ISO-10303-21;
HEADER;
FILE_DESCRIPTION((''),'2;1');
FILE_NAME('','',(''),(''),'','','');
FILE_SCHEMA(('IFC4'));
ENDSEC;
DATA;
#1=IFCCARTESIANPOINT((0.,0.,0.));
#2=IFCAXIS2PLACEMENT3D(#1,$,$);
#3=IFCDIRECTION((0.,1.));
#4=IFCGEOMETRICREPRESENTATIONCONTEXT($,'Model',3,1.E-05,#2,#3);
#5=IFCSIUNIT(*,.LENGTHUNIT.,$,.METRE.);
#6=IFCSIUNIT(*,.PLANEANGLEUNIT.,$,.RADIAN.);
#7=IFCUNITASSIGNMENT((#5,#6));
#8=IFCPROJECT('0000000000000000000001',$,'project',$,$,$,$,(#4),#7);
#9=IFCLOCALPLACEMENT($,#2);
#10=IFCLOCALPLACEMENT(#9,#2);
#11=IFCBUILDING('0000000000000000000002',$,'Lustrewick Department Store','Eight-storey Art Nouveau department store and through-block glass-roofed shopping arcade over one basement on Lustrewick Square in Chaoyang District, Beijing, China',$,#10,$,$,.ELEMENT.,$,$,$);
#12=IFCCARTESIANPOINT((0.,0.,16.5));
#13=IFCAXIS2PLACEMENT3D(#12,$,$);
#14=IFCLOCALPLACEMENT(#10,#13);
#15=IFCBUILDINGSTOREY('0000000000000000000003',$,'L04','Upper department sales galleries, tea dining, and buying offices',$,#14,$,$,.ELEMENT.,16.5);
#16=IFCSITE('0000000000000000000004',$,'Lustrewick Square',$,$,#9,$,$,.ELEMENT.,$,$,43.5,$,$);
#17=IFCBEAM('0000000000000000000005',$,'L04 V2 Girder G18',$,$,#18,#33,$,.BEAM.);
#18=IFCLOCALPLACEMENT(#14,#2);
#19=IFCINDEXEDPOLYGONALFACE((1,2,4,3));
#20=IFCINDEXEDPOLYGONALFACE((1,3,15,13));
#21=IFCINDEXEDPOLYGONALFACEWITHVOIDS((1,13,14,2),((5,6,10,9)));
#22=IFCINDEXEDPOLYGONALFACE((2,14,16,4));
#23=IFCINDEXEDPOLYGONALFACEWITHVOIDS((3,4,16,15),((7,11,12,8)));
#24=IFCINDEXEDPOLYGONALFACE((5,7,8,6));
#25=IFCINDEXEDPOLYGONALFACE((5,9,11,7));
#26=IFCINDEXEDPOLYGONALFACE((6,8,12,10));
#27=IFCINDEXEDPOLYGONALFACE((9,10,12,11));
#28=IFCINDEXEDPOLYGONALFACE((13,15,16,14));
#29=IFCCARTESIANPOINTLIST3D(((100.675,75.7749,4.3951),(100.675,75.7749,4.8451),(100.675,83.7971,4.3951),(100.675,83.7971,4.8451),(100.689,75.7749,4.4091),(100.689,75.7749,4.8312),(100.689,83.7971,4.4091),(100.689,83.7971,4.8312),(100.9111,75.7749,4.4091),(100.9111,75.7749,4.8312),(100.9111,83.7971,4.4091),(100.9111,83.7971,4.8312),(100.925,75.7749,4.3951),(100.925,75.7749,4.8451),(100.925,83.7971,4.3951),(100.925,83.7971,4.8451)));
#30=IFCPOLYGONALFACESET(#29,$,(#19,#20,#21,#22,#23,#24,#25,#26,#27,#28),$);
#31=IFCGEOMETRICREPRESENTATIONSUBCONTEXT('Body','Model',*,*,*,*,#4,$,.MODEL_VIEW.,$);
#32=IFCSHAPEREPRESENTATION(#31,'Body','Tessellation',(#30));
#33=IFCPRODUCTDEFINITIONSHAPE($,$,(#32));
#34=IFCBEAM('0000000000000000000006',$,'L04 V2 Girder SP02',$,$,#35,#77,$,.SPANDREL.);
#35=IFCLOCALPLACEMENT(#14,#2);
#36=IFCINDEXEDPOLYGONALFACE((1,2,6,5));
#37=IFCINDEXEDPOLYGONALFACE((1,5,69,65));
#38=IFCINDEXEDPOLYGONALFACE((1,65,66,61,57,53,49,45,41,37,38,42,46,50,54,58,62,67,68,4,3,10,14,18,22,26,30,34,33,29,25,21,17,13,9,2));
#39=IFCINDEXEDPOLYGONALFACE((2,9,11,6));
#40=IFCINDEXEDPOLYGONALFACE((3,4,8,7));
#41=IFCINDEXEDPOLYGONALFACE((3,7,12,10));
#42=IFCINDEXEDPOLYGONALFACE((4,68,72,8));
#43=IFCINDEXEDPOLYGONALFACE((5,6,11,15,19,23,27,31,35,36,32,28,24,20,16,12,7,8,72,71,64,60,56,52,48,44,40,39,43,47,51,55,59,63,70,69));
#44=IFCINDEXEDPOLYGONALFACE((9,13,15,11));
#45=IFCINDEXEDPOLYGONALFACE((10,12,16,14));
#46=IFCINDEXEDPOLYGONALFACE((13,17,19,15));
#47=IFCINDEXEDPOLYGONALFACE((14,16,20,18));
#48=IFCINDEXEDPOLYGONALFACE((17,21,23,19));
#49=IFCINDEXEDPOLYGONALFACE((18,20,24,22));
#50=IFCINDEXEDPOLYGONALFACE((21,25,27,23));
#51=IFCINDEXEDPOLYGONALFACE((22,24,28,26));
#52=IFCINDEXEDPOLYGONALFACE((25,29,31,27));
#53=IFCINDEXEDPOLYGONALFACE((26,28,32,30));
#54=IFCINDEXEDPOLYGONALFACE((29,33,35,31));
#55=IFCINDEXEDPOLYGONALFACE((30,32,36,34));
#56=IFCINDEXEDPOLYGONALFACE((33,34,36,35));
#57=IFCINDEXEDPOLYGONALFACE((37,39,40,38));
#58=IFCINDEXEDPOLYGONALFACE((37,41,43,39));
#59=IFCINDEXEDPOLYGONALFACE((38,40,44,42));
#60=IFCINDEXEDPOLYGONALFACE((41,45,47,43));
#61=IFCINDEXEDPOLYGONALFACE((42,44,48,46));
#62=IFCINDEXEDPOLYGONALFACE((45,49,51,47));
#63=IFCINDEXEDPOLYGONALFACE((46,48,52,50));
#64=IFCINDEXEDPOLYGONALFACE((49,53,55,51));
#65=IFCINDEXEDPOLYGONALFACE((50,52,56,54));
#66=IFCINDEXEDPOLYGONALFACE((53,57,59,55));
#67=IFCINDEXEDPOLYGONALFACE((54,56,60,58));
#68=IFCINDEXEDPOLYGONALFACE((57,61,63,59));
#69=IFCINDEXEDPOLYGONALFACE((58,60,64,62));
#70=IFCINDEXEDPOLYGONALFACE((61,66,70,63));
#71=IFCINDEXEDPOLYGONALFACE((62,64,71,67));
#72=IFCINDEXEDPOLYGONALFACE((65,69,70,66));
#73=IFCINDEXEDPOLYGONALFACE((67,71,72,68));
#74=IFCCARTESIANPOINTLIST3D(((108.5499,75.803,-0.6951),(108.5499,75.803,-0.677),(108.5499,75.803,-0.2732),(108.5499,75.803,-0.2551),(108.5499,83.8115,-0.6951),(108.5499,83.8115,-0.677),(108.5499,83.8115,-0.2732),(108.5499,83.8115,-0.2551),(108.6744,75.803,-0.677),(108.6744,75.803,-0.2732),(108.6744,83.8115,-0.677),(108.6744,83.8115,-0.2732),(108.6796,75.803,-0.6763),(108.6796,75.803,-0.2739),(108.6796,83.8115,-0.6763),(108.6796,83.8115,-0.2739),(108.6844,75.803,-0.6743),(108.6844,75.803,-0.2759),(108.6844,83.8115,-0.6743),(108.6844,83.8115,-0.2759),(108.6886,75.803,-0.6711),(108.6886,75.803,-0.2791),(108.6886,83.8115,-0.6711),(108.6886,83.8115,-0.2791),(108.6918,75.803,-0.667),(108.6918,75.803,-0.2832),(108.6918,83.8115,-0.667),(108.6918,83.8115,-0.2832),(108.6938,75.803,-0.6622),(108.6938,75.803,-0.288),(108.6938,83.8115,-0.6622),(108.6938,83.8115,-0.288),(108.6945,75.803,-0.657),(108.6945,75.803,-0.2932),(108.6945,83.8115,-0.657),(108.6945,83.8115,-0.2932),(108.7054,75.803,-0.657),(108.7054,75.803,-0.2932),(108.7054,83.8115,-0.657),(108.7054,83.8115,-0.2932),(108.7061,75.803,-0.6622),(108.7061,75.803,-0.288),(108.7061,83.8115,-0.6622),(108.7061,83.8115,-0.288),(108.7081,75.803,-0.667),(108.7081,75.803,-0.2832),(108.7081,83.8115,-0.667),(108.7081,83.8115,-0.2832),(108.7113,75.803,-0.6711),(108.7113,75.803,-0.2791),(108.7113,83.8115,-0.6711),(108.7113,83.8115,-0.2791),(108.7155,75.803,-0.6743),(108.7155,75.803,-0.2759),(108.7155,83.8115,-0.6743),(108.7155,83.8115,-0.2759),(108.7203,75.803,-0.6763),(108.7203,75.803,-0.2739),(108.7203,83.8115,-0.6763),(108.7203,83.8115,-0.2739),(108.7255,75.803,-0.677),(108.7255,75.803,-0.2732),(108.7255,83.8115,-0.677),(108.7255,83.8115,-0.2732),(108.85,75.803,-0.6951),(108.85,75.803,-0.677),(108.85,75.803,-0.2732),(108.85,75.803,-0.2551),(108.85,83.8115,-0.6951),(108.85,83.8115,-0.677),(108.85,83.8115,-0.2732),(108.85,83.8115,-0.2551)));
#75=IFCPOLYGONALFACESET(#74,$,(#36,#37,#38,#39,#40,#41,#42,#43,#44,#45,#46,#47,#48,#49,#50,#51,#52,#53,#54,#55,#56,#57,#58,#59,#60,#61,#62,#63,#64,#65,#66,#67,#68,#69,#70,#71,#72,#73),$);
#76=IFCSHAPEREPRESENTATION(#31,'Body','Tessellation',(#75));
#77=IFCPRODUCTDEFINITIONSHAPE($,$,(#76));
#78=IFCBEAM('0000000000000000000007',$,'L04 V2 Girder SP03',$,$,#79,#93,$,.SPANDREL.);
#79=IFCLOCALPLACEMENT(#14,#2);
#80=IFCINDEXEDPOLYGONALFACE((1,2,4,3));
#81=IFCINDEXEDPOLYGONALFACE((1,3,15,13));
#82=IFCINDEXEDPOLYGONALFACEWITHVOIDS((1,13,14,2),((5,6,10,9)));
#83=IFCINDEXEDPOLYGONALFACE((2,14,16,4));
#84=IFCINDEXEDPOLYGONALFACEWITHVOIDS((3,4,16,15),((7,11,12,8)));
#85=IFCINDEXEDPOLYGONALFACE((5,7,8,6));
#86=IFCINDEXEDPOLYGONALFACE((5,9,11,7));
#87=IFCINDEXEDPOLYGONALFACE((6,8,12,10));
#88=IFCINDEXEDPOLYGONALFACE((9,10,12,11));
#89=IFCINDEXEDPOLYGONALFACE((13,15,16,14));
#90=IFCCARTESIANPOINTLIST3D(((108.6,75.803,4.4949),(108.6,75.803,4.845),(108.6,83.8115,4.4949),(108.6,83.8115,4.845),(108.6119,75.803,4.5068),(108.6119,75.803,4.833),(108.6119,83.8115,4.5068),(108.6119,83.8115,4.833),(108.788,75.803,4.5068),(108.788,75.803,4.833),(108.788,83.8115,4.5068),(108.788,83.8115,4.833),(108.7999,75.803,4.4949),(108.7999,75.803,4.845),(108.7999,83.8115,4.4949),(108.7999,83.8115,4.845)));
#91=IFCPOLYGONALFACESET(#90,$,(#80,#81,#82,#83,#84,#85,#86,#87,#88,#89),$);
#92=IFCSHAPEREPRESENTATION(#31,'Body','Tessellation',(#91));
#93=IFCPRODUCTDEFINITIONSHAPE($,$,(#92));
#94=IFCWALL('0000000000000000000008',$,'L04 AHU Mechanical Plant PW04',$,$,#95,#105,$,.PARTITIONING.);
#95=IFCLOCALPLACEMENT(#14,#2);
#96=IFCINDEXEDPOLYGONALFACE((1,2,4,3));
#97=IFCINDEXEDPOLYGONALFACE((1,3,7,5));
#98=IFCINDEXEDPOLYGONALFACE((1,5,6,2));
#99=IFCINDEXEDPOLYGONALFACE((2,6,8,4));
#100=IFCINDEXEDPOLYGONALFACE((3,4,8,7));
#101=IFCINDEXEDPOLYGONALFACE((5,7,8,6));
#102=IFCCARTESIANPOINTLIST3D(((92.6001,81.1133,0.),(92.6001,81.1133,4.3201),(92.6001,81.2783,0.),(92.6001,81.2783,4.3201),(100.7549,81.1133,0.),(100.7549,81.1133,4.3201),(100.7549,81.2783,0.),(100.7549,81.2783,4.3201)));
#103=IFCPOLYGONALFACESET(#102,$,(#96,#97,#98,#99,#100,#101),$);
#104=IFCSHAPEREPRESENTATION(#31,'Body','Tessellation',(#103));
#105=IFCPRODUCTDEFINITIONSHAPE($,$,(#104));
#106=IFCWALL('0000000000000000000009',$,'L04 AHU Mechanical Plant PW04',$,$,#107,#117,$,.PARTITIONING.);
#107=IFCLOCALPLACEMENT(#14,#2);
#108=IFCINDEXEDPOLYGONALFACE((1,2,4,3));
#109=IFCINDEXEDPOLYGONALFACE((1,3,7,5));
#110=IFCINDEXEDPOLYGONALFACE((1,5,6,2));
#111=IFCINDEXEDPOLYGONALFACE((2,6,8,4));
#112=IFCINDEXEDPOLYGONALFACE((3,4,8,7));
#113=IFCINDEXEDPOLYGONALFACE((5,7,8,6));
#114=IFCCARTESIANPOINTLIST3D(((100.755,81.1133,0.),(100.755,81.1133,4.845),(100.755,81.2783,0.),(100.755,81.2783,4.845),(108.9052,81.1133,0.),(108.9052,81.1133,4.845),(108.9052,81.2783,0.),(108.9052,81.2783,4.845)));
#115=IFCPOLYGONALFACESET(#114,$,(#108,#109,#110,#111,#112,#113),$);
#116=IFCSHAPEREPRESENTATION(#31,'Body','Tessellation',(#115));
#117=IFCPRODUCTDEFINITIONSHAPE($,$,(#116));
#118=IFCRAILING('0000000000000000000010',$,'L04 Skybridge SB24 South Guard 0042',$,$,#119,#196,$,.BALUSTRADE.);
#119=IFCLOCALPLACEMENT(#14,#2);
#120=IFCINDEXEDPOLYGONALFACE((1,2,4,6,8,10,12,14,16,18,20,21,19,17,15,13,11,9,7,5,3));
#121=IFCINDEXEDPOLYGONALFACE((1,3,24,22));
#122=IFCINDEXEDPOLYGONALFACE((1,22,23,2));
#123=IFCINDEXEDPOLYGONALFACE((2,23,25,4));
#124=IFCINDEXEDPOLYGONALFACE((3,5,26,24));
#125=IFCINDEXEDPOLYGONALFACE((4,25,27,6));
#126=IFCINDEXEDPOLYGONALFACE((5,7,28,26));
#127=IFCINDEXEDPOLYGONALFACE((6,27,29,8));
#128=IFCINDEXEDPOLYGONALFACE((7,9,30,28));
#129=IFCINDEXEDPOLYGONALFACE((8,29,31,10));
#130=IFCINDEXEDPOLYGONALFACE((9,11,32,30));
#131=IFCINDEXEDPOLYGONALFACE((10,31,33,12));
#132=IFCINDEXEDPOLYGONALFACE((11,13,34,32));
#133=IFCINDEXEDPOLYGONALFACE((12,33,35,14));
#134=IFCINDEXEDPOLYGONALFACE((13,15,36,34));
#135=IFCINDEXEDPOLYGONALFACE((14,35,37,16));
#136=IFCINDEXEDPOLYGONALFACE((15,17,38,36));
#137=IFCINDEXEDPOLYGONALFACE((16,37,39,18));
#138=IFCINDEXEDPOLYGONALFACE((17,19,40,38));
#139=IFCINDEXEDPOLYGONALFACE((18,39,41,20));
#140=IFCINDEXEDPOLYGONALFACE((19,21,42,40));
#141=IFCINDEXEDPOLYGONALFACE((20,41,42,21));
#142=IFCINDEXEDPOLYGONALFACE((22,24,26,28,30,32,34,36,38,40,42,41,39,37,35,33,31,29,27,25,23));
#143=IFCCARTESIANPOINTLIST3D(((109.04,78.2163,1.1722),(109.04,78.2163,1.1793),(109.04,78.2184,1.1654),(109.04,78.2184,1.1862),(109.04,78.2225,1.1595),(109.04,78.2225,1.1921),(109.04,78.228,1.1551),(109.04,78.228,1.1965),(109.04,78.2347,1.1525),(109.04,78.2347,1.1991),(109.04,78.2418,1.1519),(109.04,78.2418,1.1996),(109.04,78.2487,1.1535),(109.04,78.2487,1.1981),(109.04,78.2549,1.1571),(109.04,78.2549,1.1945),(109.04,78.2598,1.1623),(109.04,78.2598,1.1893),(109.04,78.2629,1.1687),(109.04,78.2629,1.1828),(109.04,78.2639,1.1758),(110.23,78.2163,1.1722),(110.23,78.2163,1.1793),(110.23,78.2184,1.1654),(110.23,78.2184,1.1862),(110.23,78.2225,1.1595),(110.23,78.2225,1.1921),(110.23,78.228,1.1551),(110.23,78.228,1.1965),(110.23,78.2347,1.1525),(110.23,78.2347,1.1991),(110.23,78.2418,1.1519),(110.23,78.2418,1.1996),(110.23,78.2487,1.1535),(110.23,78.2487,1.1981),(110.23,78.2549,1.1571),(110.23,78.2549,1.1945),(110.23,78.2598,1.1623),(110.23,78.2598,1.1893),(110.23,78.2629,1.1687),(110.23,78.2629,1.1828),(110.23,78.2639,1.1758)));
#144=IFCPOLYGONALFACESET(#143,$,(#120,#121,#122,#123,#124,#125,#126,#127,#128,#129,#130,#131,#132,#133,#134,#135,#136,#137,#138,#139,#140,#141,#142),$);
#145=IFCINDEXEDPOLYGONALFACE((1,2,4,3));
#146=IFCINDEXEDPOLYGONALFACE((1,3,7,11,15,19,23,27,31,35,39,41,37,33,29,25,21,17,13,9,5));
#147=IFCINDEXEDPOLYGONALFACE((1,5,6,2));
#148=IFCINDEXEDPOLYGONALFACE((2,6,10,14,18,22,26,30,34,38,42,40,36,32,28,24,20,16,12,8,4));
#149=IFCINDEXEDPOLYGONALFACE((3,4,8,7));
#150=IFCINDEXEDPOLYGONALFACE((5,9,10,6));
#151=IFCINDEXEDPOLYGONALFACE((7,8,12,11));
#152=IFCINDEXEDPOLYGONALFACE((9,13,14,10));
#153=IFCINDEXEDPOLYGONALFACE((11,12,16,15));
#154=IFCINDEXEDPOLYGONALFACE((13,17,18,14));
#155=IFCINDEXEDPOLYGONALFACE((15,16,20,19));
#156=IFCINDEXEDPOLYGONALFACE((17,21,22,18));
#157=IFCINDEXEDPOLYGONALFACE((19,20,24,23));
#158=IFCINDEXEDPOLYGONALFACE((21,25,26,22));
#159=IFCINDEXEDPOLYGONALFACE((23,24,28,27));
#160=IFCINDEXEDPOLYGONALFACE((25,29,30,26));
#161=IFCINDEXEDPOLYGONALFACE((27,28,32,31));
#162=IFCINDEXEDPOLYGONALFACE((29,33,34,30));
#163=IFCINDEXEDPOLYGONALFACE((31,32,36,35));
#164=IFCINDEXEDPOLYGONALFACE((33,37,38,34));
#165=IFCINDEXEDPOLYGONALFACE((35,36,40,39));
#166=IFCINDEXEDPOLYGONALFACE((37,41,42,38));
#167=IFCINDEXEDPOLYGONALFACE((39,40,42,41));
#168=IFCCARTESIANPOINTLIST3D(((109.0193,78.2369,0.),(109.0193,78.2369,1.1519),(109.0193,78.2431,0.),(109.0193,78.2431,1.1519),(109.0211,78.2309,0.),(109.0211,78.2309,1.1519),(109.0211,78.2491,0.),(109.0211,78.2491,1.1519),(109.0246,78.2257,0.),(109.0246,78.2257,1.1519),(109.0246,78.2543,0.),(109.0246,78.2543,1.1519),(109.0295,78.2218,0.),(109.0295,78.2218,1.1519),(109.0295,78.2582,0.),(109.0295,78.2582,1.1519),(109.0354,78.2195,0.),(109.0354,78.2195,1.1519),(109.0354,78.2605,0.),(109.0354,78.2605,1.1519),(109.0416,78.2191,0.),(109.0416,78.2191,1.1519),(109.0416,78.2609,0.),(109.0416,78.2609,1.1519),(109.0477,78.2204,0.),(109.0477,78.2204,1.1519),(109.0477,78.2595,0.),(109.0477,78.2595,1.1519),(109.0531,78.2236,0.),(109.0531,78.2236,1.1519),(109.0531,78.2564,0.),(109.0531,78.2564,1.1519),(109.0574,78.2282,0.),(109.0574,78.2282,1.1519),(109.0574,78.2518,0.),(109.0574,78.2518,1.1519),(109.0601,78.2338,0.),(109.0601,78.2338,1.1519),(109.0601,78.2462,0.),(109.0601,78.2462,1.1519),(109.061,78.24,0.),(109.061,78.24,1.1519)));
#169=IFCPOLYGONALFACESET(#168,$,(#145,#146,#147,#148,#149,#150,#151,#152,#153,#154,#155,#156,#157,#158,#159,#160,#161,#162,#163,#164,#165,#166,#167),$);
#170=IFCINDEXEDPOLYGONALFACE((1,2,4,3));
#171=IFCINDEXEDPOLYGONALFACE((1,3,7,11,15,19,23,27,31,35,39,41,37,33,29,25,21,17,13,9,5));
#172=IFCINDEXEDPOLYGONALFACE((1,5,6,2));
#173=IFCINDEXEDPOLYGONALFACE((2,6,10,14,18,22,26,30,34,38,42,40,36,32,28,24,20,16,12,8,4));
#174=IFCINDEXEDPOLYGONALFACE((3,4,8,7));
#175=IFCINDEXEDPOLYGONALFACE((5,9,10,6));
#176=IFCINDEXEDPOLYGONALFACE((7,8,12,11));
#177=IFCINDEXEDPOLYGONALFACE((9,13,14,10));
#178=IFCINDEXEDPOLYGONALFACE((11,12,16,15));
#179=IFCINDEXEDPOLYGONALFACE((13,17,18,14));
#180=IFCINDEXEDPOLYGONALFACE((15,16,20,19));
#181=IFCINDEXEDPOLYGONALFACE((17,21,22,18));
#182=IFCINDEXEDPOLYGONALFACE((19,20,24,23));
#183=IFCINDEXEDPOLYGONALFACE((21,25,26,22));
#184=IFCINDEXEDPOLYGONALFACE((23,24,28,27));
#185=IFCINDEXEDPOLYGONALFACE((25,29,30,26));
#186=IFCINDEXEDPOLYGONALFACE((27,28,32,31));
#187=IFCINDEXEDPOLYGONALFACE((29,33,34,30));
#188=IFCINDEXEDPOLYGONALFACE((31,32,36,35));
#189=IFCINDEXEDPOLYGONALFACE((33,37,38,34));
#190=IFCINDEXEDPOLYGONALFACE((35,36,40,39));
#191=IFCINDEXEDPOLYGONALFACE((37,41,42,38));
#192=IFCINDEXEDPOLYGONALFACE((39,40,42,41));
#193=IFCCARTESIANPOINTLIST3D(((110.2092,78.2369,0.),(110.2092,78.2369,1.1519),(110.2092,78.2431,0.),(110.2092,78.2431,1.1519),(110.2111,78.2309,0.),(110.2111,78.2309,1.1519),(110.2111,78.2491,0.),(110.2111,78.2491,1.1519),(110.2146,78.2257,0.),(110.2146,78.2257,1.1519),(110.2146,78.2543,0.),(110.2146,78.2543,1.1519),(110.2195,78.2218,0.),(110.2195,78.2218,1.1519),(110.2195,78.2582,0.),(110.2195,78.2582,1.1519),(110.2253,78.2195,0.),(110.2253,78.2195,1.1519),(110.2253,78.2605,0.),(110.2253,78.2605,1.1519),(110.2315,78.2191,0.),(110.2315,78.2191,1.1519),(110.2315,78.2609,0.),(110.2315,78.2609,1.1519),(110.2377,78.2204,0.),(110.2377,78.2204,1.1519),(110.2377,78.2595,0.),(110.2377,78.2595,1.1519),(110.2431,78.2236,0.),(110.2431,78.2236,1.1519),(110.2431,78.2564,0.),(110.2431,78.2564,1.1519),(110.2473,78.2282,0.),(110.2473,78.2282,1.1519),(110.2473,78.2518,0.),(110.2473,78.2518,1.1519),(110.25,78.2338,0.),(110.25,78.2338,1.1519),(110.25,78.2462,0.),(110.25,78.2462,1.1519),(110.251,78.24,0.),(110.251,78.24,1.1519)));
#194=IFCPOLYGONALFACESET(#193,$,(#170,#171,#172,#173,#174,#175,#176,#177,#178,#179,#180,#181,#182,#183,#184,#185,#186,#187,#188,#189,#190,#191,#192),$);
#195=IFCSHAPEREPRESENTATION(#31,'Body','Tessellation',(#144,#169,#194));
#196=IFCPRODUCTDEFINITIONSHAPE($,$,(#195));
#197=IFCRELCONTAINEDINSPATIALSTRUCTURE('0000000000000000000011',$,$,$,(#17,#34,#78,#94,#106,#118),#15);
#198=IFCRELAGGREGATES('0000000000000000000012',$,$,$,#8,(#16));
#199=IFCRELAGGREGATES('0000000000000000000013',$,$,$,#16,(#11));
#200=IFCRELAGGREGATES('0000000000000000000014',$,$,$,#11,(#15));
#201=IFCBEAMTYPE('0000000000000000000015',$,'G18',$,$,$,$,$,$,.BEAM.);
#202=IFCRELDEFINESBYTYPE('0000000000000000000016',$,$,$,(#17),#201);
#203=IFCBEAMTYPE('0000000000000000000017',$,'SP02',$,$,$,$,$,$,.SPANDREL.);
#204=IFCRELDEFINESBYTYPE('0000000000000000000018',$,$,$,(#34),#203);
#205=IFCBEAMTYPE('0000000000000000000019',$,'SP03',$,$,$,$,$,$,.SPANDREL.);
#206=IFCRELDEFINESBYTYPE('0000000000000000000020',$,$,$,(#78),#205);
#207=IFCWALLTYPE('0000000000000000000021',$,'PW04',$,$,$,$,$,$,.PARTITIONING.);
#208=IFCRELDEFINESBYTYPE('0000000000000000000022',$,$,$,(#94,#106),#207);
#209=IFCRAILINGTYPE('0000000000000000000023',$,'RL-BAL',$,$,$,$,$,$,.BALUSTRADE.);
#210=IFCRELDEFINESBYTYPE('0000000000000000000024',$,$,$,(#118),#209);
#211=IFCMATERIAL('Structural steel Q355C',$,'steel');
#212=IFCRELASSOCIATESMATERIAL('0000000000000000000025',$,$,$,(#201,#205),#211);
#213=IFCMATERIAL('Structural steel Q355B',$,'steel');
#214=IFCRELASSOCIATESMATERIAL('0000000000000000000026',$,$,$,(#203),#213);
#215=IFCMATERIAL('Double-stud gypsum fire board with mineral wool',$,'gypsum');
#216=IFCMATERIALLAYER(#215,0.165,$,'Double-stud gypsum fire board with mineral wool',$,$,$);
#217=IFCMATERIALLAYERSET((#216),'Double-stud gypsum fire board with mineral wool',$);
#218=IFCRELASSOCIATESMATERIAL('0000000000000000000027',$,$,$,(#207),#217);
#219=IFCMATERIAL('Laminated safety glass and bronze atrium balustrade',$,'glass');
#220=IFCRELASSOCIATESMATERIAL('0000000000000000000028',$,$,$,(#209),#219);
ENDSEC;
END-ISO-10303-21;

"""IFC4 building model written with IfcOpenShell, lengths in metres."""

from ifc_helpers import new_model, si_unit, direction, frame, frame_2d, origin, origin_2d, place, context, subcontext, project, spatial, rectangle, hollow_rectangle, circle, i_section, extrude, material, layer, layer_set, material_profile, profile_set, type_object, element, save


model = new_model("IFC4")

# Units and contexts
model_context = context("Model", 3, precision=1e-05, world=origin(), true_north=direction((0.0, 1.0)))
body_context = subcontext(model_context, "Body", "Model", "MODEL_VIEW")
ifc_project = project(units=[si_unit("LENGTHUNIT", "METRE"), si_unit("PLANEANGLEUNIT", "RADIAN")], contexts=[model_context])

# Site, building, storey
site_placement = place(None, origin())
site = spatial("IfcSite", under=ifc_project, at=site_placement, Name="Lustrewick Square", CompositionType="ELEMENT", RefElevation=43.5)
building_placement = place(site_placement, origin())
building = spatial("IfcBuilding", under=site, at=building_placement, Name="Lustrewick Department Store", Description="Eight-storey Art Nouveau department store and through-block glass-roofed shopping arcade over one basement on Lustrewick Square in Chaoyang District, Beijing, China", CompositionType="ELEMENT")
storey_placement = place(building_placement, frame((0.0, 0.0, 16.5)))
storey = spatial("IfcBuildingStorey", under=building, at=storey_placement, Name="L04", Description="Upper department sales galleries, tea dining, and buying offices", CompositionType="ELEMENT", Elevation=16.5)

# Shared definitions
ifc_material_1 = material(Name="Structural steel Q355B", Category="steel")
ifc_material_2 = material(Name="Structural steel Q355C", Category="steel")

# Beams
ifc_material_profile_1 = material_profile(ifc_material_2, hollow_rectangle(XDim=0.25, YDim=0.45, WallThickness=0.0139, at=origin_2d()), Name="RHS 450x250x14")
ifc_profile_set_1 = profile_set([ifc_material_profile_1], Name="Structural steel Q355C")
beam_type_1 = type_object("IfcBeamType", Name="G18", PredefinedType="BEAM", material=ifc_profile_set_1)
beam_1_placement = place(storey_placement, frame((100.8, 75.7749, 4.6201), z_axis=(0.0, 1.0, 0.0), x_axis=(-1.0, 0.0, 0.0)))
element("IfcBeam", 1, at=beam_1_placement, inside=storey, type_object=beam_type_1, Name="L04 V2 Girder G18", PredefinedType="BEAM", context=body_context, shape_type="SweptSolid", body=[
    extrude(hollow_rectangle(XDim=0.25, YDim=0.45, WallThickness=0.0139, at=origin_2d()), origin(), (0.0, 0.0, 1.0), 8.0222),
])
ifc_material_profile_2 = material_profile(ifc_material_1, i_section(OverallWidth=0.3, OverallDepth=0.4399, WebThickness=0.011, FlangeThickness=0.0181, FilletRadius=0.02, at=origin_2d()), Name="HM 440x300x11x18")
ifc_profile_set_2 = profile_set([ifc_material_profile_2], Name="Structural steel Q355B")
beam_type_2 = type_object("IfcBeamType", Name="SP02", PredefinedType="SPANDREL", material=ifc_profile_set_2)
beam_2_placement = place(storey_placement, frame((108.7, 75.803, -0.4751), z_axis=(0.0, 1.0, 0.0), x_axis=(-1.0, 0.0, 0.0)))
element("IfcBeam", 2, at=beam_2_placement, inside=storey, type_object=beam_type_2, Name="L04 V2 Girder SP02", PredefinedType="SPANDREL", context=body_context, shape_type="SweptSolid", body=[
    extrude(i_section(OverallWidth=0.3, OverallDepth=0.4399, WebThickness=0.011, FlangeThickness=0.0181, FilletRadius=0.02, at=origin_2d()), origin(), (0.0, 0.0, 1.0), 8.0085),
])
ifc_material_profile_3 = material_profile(ifc_material_2, hollow_rectangle(XDim=0.2, YDim=0.3501, WallThickness=0.012, at=origin_2d()), Name="RHS 350x200x12")
ifc_profile_set_3 = profile_set([ifc_material_profile_3], Name="Structural steel Q355C")
beam_type_3 = type_object("IfcBeamType", Name="SP03", PredefinedType="SPANDREL", material=ifc_profile_set_3)
beam_3_placement = place(storey_placement, frame((108.7, 75.803, 4.6699), z_axis=(0.0, 1.0, 0.0), x_axis=(-1.0, 0.0, 0.0)))
element("IfcBeam", 3, at=beam_3_placement, inside=storey, type_object=beam_type_3, Name="L04 V2 Girder SP03", PredefinedType="SPANDREL", context=body_context, shape_type="SweptSolid", body=[
    extrude(hollow_rectangle(XDim=0.2, YDim=0.3501, WallThickness=0.012, at=origin_2d()), origin(), (0.0, 0.0, 1.0), 8.0085),
])

# Walls
ifc_material_3 = material(Name="Double-stud gypsum fire board with mineral wool", Category="gypsum")
ifc_layer = layer(ifc_material_3, 0.165, Name="Double-stud gypsum fire board with mineral wool")
ifc_layer_set = layer_set([ifc_layer], Name="Double-stud gypsum fire board with mineral wool")
wall_type = type_object("IfcWallType", Name="PW04", PredefinedType="PARTITIONING", material=ifc_layer_set)
wall_1_placement = place(storey_placement, frame((92.6001, 81.1958, 0.0), z_axis=(0.0, 0.0, 1.0), x_axis=(1.0, 0.0, 0.0)))
element("IfcWall", 4, at=wall_1_placement, inside=storey, type_object=wall_type, Name="L04 AHU Mechanical Plant PW04", PredefinedType="PARTITIONING", context=body_context, shape_type="SweptSolid", body=[
    extrude(rectangle(XDim=8.1548, YDim=0.165, at=frame_2d((4.0774, 0.0))), origin(), (0.0, 0.0, 1.0), 4.3201),
])
wall_2_placement = place(storey_placement, frame((100.7549, 81.1958, 0.0), z_axis=(0.0, 0.0, 1.0), x_axis=(1.0, 0.0, 0.0)))
element("IfcWall", 5, at=wall_2_placement, inside=storey, type_object=wall_type, Name="L04 AHU Mechanical Plant PW04", PredefinedType="PARTITIONING", context=body_context, shape_type="SweptSolid", body=[
    extrude(rectangle(XDim=8.1501, YDim=0.165, at=frame_2d((4.0752, 0.0))), origin(), (0.0, 0.0, 1.0), 4.845),
])

# Railing
ifc_material_4 = material(Name="Laminated safety glass and bronze atrium balustrade", Category="glass")
railing_type = type_object("IfcRailingType", Name="RL-BAL", PredefinedType="BALUSTRADE", material=ifc_material_4)
railing_placement = place(storey_placement, frame((109.04, 78.24, 0.0)))
element("IfcRailing", 6, at=railing_placement, inside=storey, type_object=railing_type, Name="L04 Skybridge SB24 South Guard 0042", PredefinedType="BALUSTRADE", context=body_context, shape_type="SweptSolid", body=[
    extrude(circle(Radius=0.0239, at=origin_2d()), frame((0.0, 0.0, 1.1758), z_axis=(1.0, 0.0, 0.0), x_axis=(0.0, 1.0, 0.0)), (0.0, 0.0, 1.0), 1.1899),
    extrude(circle(Radius=0.021, at=origin_2d()), origin(), (0.0, 0.0, 1.0), 1.1519),
    extrude(circle(Radius=0.021, at=origin_2d()), frame((1.1899, 0.0, 0.0)), (0.0, 0.0, 1.0), 1.1519),
])

save(model, "model.ifc")
